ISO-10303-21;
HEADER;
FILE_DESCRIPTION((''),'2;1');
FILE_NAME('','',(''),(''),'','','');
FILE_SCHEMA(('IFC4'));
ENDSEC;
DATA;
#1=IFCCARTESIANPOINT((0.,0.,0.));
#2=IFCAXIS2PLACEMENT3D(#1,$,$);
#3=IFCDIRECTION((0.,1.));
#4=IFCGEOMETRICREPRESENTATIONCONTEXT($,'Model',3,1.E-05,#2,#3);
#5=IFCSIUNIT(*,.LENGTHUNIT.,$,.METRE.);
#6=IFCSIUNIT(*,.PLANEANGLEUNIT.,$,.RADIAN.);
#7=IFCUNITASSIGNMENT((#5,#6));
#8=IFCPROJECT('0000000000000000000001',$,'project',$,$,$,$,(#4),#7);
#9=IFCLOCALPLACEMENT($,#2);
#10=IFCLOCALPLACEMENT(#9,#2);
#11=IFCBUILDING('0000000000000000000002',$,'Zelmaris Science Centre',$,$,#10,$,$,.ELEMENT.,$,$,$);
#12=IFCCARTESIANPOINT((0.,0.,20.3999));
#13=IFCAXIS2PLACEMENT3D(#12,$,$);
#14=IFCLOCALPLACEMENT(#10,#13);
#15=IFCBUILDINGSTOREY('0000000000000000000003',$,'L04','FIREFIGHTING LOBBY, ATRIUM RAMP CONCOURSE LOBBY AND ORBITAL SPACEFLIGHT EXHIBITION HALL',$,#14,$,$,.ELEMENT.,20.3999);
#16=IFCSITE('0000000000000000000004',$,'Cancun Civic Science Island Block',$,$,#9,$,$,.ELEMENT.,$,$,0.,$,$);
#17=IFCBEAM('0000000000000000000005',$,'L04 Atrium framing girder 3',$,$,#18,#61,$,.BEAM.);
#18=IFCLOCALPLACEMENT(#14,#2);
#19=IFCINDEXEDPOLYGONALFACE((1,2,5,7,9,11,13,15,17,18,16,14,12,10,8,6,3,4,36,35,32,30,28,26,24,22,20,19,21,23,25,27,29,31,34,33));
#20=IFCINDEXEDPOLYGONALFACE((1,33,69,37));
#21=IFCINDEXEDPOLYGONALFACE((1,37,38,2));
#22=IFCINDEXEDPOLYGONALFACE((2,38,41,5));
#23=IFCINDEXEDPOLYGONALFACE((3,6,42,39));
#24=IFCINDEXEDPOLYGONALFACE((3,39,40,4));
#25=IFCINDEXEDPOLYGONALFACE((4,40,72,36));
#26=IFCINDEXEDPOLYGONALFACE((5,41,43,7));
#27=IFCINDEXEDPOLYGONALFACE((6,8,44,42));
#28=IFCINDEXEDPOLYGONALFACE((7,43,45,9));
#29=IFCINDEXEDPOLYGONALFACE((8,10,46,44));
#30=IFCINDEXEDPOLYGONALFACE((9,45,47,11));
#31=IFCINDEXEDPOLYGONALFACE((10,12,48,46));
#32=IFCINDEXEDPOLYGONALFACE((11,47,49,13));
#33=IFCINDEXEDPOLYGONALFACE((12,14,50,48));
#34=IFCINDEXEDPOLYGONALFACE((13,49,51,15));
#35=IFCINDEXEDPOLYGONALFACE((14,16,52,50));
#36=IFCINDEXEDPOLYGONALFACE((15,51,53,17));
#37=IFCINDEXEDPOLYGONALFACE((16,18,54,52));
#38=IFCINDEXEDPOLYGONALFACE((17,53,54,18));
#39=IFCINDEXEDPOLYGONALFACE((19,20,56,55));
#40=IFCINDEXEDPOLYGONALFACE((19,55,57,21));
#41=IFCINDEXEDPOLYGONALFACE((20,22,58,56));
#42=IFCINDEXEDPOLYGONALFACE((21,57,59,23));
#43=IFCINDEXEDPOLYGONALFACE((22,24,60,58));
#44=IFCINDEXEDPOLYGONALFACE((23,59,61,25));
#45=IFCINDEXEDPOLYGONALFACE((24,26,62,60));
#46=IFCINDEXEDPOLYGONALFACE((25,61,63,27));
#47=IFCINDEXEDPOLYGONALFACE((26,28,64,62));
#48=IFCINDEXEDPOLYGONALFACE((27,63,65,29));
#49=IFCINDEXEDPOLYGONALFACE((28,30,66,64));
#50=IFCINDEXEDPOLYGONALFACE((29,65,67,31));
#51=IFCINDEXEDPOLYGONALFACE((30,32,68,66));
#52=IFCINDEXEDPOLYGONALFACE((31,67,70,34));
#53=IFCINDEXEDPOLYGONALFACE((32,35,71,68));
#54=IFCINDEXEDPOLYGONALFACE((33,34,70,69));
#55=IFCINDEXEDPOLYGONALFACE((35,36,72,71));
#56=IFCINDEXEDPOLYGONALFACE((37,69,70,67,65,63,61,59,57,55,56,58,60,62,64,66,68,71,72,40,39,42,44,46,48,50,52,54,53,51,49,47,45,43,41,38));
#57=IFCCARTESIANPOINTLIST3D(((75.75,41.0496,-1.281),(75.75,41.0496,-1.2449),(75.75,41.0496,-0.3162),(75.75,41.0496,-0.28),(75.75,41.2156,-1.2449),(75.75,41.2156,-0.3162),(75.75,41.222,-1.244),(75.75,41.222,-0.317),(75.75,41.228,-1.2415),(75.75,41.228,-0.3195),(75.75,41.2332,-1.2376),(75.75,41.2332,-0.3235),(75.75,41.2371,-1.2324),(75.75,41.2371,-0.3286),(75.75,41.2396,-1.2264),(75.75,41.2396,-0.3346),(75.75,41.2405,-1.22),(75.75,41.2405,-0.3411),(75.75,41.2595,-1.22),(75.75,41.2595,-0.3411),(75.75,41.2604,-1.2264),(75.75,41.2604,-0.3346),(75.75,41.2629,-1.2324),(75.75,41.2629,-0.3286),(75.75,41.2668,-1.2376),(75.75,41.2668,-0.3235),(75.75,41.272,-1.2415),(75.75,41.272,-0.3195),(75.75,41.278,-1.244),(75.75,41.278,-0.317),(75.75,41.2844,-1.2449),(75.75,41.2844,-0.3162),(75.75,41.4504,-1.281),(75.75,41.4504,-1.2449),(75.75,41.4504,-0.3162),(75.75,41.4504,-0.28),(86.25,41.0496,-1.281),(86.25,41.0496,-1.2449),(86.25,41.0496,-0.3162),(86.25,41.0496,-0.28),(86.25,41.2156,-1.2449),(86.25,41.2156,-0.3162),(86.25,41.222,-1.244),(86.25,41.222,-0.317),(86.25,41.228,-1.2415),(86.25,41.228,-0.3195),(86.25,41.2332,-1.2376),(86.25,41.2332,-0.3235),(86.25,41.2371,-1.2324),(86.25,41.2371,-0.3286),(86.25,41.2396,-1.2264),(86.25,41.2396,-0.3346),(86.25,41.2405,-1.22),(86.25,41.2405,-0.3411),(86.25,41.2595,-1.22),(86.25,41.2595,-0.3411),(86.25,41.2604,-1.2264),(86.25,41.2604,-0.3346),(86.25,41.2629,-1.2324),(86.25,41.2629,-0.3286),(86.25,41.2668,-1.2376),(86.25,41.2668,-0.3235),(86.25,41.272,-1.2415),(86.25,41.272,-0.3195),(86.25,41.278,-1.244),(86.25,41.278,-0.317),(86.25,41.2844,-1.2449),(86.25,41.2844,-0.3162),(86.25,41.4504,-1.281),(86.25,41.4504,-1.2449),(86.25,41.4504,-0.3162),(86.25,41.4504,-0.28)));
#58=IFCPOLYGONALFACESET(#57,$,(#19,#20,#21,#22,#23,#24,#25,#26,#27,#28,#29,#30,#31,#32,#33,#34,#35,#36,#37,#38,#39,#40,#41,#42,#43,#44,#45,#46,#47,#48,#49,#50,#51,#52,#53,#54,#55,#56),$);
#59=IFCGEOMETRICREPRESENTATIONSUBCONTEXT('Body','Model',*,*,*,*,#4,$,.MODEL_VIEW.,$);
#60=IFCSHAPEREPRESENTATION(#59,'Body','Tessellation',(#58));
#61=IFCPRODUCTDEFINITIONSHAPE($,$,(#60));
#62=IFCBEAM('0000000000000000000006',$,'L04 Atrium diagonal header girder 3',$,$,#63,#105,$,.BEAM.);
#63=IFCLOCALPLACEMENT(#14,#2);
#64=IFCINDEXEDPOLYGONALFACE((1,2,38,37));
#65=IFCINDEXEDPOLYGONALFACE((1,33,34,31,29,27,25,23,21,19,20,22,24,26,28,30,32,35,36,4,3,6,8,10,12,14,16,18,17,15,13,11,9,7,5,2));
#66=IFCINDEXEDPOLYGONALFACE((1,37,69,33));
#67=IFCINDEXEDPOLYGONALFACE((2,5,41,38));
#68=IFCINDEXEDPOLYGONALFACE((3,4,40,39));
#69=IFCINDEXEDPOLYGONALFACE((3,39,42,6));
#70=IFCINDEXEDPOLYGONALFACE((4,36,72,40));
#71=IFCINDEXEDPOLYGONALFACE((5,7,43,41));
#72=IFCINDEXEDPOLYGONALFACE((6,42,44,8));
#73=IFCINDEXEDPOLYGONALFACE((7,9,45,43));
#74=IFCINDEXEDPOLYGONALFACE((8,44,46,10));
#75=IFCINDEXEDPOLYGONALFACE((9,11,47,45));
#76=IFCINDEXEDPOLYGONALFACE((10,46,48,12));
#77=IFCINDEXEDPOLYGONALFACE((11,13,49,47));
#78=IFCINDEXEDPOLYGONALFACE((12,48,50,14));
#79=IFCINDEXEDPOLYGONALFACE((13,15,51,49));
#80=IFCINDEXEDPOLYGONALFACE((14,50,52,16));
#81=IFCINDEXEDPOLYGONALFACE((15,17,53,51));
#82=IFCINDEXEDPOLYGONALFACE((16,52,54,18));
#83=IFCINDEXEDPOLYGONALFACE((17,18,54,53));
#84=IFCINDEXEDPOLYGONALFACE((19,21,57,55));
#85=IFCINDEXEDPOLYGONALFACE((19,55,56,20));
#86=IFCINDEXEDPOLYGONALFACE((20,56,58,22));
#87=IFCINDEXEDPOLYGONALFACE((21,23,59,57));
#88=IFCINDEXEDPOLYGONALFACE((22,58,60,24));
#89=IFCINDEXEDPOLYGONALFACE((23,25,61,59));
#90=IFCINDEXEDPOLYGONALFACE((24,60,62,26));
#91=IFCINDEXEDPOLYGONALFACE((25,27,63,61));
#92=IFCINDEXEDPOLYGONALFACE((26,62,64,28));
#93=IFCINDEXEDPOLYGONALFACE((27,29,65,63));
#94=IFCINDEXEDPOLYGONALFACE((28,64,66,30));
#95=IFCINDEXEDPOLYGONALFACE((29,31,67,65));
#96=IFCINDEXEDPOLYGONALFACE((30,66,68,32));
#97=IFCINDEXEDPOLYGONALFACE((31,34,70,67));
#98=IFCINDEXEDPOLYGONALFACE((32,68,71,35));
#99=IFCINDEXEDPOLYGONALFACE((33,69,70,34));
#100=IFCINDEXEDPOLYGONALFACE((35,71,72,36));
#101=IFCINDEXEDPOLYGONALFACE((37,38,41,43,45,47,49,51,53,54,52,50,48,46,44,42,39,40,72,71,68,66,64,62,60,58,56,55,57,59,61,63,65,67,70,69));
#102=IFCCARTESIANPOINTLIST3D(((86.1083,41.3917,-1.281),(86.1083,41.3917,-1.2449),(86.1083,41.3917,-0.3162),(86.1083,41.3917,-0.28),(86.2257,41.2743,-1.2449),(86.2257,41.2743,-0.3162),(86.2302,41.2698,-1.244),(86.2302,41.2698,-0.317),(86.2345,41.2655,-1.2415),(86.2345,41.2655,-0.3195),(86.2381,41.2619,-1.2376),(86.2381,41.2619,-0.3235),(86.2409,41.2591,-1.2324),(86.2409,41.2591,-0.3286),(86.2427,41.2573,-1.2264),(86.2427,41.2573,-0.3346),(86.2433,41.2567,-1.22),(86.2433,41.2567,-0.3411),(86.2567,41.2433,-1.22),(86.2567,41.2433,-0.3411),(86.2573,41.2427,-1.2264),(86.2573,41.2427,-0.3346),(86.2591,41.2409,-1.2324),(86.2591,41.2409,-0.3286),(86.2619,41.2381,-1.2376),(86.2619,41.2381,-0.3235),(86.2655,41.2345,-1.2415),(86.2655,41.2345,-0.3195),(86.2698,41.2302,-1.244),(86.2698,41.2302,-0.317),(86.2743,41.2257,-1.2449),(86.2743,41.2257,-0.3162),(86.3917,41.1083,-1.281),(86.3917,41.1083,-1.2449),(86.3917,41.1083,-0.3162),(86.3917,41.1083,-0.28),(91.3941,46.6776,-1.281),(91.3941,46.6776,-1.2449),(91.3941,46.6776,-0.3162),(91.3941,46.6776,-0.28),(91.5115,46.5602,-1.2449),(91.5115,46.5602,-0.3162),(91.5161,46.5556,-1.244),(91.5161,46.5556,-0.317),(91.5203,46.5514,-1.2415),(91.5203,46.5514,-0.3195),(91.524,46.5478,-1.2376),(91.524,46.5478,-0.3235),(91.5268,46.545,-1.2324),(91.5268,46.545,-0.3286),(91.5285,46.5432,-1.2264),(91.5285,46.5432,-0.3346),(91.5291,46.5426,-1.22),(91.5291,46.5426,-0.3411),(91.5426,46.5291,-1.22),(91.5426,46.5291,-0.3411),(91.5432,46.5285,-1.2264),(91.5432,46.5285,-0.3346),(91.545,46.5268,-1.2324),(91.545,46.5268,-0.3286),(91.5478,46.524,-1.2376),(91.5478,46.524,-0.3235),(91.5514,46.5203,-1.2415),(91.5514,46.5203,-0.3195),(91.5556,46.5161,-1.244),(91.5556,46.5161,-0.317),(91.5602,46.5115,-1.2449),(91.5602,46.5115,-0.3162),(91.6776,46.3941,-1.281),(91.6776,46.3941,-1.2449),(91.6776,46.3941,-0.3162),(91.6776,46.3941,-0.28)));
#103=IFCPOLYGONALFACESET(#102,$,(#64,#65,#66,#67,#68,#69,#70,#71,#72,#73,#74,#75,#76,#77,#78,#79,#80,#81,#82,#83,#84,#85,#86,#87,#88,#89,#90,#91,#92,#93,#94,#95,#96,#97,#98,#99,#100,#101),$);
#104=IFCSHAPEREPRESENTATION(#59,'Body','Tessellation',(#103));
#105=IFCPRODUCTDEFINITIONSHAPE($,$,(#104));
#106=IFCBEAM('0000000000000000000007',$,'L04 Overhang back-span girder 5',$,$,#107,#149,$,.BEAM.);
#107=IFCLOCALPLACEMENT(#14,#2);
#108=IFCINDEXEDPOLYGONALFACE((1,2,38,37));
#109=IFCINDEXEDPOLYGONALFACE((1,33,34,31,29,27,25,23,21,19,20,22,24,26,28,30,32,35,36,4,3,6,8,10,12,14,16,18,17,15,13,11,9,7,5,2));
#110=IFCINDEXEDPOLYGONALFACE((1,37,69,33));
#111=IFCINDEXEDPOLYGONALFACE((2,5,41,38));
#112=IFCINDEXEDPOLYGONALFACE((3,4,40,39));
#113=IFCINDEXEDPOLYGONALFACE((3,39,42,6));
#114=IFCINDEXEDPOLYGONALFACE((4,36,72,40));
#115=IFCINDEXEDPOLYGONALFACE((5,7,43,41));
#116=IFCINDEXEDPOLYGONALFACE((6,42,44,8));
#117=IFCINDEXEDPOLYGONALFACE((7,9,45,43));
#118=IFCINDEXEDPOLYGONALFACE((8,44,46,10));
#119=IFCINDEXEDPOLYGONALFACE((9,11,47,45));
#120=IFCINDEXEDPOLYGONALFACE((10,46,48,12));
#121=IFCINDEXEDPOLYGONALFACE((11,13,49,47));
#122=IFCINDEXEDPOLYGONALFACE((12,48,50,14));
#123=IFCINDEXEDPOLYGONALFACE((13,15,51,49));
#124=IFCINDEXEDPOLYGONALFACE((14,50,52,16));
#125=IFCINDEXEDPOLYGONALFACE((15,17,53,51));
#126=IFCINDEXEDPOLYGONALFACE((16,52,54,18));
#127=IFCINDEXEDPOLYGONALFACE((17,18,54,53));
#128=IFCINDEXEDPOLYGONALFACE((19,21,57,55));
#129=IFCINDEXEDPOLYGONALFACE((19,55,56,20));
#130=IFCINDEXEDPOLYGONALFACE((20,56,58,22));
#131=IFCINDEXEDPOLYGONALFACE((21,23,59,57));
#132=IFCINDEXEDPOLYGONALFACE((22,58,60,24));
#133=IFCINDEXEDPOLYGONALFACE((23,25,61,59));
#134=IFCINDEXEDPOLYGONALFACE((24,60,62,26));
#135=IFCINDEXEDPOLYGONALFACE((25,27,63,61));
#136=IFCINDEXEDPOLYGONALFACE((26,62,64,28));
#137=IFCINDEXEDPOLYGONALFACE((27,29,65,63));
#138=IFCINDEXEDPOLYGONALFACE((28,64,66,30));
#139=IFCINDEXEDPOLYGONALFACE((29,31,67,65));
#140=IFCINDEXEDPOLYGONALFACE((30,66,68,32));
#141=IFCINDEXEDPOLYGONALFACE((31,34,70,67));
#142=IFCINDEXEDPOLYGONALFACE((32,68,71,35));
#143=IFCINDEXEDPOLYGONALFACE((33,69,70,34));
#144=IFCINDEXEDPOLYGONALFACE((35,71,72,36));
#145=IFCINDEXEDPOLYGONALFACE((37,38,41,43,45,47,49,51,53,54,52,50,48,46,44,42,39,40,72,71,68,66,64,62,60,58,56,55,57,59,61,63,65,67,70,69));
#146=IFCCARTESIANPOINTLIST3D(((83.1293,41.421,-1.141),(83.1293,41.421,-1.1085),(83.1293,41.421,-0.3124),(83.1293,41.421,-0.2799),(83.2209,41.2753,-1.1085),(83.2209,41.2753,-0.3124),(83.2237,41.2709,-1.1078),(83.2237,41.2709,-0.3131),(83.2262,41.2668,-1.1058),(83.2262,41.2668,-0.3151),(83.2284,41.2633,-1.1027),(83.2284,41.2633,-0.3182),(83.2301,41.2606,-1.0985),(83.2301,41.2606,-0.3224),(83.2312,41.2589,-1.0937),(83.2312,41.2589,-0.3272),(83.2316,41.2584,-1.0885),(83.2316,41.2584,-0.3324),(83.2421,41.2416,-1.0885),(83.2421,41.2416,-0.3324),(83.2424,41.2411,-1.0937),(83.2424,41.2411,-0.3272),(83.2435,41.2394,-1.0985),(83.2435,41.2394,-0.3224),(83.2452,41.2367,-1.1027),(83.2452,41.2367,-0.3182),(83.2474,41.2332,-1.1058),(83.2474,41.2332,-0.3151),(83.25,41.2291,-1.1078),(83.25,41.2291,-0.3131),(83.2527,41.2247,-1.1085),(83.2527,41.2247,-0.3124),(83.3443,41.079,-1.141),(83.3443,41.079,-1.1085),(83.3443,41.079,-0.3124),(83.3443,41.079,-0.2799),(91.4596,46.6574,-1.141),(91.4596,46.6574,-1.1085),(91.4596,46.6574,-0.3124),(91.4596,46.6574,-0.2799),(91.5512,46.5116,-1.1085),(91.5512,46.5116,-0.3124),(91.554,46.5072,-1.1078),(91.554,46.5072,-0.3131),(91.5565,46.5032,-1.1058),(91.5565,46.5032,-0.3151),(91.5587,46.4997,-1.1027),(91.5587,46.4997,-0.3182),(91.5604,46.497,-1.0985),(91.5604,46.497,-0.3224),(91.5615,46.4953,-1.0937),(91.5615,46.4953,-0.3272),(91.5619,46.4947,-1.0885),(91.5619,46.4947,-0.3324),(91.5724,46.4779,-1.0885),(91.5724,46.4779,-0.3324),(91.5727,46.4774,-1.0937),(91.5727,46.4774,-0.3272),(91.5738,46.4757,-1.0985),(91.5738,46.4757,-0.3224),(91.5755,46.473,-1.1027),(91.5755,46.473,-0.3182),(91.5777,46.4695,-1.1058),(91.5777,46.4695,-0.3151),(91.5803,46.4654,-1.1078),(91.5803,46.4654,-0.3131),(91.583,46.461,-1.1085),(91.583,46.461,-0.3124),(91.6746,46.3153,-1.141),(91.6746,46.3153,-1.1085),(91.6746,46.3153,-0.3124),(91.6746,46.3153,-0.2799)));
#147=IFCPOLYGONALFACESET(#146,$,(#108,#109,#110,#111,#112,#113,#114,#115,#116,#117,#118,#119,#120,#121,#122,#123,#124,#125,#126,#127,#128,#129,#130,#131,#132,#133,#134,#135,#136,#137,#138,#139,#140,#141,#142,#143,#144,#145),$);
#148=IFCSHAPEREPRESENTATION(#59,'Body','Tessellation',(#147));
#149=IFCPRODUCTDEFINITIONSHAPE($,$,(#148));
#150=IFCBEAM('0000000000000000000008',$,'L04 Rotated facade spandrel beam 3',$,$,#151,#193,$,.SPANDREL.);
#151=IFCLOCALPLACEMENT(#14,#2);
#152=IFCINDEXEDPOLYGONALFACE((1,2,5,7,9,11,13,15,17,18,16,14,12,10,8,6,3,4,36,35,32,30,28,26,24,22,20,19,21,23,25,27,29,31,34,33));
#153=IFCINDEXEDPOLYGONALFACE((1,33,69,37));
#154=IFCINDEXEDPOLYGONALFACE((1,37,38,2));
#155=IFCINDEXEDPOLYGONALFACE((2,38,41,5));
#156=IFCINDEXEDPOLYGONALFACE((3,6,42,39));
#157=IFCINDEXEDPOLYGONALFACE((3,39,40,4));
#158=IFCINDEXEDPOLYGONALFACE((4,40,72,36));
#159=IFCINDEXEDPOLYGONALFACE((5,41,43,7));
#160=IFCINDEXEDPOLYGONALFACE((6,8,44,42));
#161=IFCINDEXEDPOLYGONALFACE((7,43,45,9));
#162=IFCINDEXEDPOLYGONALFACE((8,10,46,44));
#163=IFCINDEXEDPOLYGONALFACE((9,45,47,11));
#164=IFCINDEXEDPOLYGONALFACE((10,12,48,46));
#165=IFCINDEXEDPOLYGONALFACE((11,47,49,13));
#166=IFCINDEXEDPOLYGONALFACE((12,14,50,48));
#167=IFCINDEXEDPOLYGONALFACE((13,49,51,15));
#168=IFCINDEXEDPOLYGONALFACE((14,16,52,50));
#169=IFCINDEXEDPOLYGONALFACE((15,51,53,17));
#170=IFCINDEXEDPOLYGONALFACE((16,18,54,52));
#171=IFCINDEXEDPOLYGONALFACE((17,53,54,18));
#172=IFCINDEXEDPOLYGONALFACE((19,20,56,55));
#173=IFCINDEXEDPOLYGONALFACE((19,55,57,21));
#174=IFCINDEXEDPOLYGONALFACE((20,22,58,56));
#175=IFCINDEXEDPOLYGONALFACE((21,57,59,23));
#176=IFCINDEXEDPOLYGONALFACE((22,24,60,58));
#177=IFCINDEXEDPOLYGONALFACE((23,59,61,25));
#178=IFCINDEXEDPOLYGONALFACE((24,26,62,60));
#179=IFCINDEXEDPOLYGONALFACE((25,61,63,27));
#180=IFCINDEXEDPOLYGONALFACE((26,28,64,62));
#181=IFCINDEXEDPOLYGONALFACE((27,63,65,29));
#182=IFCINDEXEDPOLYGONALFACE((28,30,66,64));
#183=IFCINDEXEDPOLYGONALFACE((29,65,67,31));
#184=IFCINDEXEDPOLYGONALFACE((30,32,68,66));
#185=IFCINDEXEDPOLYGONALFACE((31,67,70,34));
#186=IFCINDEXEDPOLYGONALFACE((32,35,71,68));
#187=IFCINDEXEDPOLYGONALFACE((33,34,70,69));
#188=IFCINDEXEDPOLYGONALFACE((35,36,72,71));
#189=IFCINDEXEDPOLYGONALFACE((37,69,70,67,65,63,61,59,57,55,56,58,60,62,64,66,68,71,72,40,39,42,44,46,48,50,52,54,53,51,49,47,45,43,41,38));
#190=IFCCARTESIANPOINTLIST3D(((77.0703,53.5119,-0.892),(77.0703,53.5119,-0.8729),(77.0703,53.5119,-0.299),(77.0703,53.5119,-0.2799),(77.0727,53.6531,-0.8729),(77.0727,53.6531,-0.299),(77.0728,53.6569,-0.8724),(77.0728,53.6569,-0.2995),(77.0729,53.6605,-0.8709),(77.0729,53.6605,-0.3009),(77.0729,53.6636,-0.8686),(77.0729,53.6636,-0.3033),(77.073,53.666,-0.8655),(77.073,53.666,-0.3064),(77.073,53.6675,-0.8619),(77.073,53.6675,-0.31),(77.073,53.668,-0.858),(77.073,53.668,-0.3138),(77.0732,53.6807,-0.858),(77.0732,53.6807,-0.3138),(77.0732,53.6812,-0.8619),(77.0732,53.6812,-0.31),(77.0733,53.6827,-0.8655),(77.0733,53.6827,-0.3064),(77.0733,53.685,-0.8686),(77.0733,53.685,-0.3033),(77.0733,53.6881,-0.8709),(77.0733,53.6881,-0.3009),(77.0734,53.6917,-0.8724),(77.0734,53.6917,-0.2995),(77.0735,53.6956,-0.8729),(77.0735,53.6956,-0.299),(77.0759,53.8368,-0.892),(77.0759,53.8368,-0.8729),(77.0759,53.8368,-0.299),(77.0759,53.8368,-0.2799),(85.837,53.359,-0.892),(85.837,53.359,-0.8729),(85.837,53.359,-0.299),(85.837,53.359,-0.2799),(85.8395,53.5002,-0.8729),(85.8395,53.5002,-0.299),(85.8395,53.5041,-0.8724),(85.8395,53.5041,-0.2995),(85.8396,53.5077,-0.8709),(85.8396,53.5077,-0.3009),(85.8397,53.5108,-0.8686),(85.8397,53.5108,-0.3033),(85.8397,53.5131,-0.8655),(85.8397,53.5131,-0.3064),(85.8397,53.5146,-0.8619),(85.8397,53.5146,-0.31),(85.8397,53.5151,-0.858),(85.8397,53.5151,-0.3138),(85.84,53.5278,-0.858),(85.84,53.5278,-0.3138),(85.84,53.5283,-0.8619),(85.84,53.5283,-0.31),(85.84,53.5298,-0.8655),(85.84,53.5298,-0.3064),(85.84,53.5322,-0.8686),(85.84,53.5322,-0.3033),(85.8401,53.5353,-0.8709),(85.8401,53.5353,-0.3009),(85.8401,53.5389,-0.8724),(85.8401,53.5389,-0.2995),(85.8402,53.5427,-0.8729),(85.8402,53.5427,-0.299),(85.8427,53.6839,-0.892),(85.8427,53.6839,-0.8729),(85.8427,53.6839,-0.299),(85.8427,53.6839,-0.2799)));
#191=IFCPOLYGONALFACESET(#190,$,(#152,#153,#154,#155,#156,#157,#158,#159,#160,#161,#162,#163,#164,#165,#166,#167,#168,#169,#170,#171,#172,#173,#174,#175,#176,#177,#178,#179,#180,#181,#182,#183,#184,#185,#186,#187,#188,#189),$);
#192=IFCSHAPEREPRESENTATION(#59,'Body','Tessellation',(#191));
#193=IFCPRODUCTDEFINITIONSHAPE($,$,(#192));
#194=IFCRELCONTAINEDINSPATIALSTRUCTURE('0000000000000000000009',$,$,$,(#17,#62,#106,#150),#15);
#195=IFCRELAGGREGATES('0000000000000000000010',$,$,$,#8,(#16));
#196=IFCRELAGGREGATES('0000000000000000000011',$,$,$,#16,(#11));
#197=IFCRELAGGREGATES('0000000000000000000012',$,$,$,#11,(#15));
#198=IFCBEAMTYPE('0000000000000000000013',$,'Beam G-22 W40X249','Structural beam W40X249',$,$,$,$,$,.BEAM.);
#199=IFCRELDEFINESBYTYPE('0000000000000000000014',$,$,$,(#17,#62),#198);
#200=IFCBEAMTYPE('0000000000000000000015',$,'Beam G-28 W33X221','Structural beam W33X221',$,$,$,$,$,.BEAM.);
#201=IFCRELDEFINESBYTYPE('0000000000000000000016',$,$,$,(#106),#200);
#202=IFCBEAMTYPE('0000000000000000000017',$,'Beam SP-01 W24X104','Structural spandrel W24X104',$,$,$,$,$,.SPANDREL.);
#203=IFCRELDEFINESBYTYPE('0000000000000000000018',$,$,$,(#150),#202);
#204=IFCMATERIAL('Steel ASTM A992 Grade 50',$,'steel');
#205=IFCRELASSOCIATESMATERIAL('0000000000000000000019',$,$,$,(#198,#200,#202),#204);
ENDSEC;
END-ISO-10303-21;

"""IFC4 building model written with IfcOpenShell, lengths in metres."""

from ifc_helpers import new_model, si_unit, direction, frame, origin, origin_2d, place, context, subcontext, project, spatial, i_section, extrude, material, material_profile, profile_set, type_object, element, save


model = new_model("IFC4")

# Units and contexts
model_context = context("Model", 3, precision=1e-05, world=origin(), true_north=direction((0.0, 1.0)))
body_context = subcontext(model_context, "Body", "Model", "MODEL_VIEW")
ifc_project = project(units=[si_unit("LENGTHUNIT", "METRE"), si_unit("PLANEANGLEUNIT", "RADIAN")], contexts=[model_context])

# Site, building, storey
site_placement = place(None, origin())
site = spatial("IfcSite", under=ifc_project, at=site_placement, Name="Cancun Civic Science Island Block", CompositionType="ELEMENT", RefElevation=0.0)
building_placement = place(site_placement, origin())
building = spatial("IfcBuilding", under=site, at=building_placement, Name="Zelmaris Science Centre", CompositionType="ELEMENT")
storey_placement = place(building_placement, frame((0.0, 0.0, 20.3999)))
storey = spatial("IfcBuildingStorey", under=building, at=storey_placement, Name="L04", Description="FIREFIGHTING LOBBY, ATRIUM RAMP CONCOURSE LOBBY AND ORBITAL SPACEFLIGHT EXHIBITION HALL", CompositionType="ELEMENT", Elevation=20.3999)

# Shared definitions
ifc_material_1 = material(Name="Steel ASTM A992 Grade 50", Category="steel")

# Beams
ifc_material_profile_1 = material_profile(ifc_material_1, i_section(OverallWidth=0.4009, OverallDepth=1.001, WebThickness=0.019, FlangeThickness=0.0361, FilletRadius=0.0249, at=origin_2d()), Name="W40X249")
ifc_profile_set_1 = profile_set([ifc_material_profile_1], Name="Steel ASTM A992 Grade 50")
beam_type_1 = type_object("IfcBeamType", Name="Beam G-22 W40X249", Description="Structural beam W40X249", PredefinedType="BEAM", material=ifc_profile_set_1)
beam_1_placement = place(storey_placement, frame((86.25, 41.25, -0.7805), z_axis=(-1.0, 0.0, 0.0), x_axis=(0.0, -1.0, 0.0)))
element("IfcBeam", 1, at=beam_1_placement, inside=storey, type_object=beam_type_1, Name="L04 Atrium framing girder 3", PredefinedType="BEAM", context=body_context, shape_type="SweptSolid", body=[
    extrude(i_section(OverallWidth=0.4009, OverallDepth=1.001, WebThickness=0.019, FlangeThickness=0.0361, FilletRadius=0.0249, at=origin_2d()), origin(), (0.0, 0.0, 1.0), 10.5),
])
beam_2_placement = place(storey_placement, frame((86.25, 41.25, -0.7805), z_axis=(0.707107, 0.707107, 0.0), x_axis=(-0.707107, 0.707107, 0.0)))
element("IfcBeam", 2, at=beam_2_placement, inside=storey, type_object=beam_type_1, Name="L04 Atrium diagonal header girder 3", PredefinedType="BEAM", context=body_context, shape_type="SweptSolid", body=[
    extrude(i_section(OverallWidth=0.4009, OverallDepth=1.001, WebThickness=0.019, FlangeThickness=0.0361, FilletRadius=0.0249, at=origin_2d()), origin(), (0.0, 0.0, 1.0), 7.4753),
])
ifc_material_profile_2 = material_profile(ifc_material_1, i_section(OverallWidth=0.4041, OverallDepth=0.8611, WebThickness=0.0198, FlangeThickness=0.0325, FilletRadius=0.02, at=origin_2d()), Name="W33X221")
ifc_profile_set_2 = profile_set([ifc_material_profile_2], Name="Steel ASTM A992 Grade 50")
beam_type_2 = type_object("IfcBeamType", Name="Beam G-28 W33X221", Description="Structural beam W33X221", PredefinedType="BEAM", material=ifc_profile_set_2)
beam_3_placement = place(storey_placement, frame((83.2368, 41.25, -0.7104), z_axis=(0.846631, 0.532181, 0.0), x_axis=(-0.532181, 0.846631, 0.0)))
element("IfcBeam", 3, at=beam_3_placement, inside=storey, type_object=beam_type_2, Name="L04 Overhang back-span girder 5", PredefinedType="BEAM", context=body_context, shape_type="SweptSolid", body=[
    extrude(i_section(OverallWidth=0.4041, OverallDepth=0.8611, WebThickness=0.0198, FlangeThickness=0.0325, FilletRadius=0.02, at=origin_2d()), origin(), (0.0, 0.0, 1.0), 9.8394),
])
ifc_material_profile_3 = material_profile(ifc_material_1, i_section(OverallWidth=0.325, OverallDepth=0.6121, WebThickness=0.0127, FlangeThickness=0.019, FilletRadius=0.0149, at=origin_2d()), Name="W24X104")
ifc_profile_set_3 = profile_set([ifc_material_profile_3], Name="Steel ASTM A992 Grade 50")
beam_type_3 = type_object("IfcBeamType", Name="Beam SP-01 W24X104", Description="Structural spandrel W24X104", PredefinedType="SPANDREL", material=ifc_profile_set_3)
beam_4_placement = place(storey_placement, frame((85.8398, 53.5215, -0.5859), z_axis=(-0.999848, 0.01743, 0.0), x_axis=(-0.01743, -0.999848, 0.0)))
element("IfcBeam", 4, at=beam_4_placement, inside=storey, type_object=beam_type_3, Name="L04 Rotated facade spandrel beam 3", PredefinedType="SPANDREL", context=body_context, shape_type="SweptSolid", body=[
    extrude(i_section(OverallWidth=0.325, OverallDepth=0.6121, WebThickness=0.0127, FlangeThickness=0.019, FilletRadius=0.0149, at=origin_2d()), origin(), (0.0, 0.0, 1.0), 8.7681),
])

save(model, "model.ifc")
